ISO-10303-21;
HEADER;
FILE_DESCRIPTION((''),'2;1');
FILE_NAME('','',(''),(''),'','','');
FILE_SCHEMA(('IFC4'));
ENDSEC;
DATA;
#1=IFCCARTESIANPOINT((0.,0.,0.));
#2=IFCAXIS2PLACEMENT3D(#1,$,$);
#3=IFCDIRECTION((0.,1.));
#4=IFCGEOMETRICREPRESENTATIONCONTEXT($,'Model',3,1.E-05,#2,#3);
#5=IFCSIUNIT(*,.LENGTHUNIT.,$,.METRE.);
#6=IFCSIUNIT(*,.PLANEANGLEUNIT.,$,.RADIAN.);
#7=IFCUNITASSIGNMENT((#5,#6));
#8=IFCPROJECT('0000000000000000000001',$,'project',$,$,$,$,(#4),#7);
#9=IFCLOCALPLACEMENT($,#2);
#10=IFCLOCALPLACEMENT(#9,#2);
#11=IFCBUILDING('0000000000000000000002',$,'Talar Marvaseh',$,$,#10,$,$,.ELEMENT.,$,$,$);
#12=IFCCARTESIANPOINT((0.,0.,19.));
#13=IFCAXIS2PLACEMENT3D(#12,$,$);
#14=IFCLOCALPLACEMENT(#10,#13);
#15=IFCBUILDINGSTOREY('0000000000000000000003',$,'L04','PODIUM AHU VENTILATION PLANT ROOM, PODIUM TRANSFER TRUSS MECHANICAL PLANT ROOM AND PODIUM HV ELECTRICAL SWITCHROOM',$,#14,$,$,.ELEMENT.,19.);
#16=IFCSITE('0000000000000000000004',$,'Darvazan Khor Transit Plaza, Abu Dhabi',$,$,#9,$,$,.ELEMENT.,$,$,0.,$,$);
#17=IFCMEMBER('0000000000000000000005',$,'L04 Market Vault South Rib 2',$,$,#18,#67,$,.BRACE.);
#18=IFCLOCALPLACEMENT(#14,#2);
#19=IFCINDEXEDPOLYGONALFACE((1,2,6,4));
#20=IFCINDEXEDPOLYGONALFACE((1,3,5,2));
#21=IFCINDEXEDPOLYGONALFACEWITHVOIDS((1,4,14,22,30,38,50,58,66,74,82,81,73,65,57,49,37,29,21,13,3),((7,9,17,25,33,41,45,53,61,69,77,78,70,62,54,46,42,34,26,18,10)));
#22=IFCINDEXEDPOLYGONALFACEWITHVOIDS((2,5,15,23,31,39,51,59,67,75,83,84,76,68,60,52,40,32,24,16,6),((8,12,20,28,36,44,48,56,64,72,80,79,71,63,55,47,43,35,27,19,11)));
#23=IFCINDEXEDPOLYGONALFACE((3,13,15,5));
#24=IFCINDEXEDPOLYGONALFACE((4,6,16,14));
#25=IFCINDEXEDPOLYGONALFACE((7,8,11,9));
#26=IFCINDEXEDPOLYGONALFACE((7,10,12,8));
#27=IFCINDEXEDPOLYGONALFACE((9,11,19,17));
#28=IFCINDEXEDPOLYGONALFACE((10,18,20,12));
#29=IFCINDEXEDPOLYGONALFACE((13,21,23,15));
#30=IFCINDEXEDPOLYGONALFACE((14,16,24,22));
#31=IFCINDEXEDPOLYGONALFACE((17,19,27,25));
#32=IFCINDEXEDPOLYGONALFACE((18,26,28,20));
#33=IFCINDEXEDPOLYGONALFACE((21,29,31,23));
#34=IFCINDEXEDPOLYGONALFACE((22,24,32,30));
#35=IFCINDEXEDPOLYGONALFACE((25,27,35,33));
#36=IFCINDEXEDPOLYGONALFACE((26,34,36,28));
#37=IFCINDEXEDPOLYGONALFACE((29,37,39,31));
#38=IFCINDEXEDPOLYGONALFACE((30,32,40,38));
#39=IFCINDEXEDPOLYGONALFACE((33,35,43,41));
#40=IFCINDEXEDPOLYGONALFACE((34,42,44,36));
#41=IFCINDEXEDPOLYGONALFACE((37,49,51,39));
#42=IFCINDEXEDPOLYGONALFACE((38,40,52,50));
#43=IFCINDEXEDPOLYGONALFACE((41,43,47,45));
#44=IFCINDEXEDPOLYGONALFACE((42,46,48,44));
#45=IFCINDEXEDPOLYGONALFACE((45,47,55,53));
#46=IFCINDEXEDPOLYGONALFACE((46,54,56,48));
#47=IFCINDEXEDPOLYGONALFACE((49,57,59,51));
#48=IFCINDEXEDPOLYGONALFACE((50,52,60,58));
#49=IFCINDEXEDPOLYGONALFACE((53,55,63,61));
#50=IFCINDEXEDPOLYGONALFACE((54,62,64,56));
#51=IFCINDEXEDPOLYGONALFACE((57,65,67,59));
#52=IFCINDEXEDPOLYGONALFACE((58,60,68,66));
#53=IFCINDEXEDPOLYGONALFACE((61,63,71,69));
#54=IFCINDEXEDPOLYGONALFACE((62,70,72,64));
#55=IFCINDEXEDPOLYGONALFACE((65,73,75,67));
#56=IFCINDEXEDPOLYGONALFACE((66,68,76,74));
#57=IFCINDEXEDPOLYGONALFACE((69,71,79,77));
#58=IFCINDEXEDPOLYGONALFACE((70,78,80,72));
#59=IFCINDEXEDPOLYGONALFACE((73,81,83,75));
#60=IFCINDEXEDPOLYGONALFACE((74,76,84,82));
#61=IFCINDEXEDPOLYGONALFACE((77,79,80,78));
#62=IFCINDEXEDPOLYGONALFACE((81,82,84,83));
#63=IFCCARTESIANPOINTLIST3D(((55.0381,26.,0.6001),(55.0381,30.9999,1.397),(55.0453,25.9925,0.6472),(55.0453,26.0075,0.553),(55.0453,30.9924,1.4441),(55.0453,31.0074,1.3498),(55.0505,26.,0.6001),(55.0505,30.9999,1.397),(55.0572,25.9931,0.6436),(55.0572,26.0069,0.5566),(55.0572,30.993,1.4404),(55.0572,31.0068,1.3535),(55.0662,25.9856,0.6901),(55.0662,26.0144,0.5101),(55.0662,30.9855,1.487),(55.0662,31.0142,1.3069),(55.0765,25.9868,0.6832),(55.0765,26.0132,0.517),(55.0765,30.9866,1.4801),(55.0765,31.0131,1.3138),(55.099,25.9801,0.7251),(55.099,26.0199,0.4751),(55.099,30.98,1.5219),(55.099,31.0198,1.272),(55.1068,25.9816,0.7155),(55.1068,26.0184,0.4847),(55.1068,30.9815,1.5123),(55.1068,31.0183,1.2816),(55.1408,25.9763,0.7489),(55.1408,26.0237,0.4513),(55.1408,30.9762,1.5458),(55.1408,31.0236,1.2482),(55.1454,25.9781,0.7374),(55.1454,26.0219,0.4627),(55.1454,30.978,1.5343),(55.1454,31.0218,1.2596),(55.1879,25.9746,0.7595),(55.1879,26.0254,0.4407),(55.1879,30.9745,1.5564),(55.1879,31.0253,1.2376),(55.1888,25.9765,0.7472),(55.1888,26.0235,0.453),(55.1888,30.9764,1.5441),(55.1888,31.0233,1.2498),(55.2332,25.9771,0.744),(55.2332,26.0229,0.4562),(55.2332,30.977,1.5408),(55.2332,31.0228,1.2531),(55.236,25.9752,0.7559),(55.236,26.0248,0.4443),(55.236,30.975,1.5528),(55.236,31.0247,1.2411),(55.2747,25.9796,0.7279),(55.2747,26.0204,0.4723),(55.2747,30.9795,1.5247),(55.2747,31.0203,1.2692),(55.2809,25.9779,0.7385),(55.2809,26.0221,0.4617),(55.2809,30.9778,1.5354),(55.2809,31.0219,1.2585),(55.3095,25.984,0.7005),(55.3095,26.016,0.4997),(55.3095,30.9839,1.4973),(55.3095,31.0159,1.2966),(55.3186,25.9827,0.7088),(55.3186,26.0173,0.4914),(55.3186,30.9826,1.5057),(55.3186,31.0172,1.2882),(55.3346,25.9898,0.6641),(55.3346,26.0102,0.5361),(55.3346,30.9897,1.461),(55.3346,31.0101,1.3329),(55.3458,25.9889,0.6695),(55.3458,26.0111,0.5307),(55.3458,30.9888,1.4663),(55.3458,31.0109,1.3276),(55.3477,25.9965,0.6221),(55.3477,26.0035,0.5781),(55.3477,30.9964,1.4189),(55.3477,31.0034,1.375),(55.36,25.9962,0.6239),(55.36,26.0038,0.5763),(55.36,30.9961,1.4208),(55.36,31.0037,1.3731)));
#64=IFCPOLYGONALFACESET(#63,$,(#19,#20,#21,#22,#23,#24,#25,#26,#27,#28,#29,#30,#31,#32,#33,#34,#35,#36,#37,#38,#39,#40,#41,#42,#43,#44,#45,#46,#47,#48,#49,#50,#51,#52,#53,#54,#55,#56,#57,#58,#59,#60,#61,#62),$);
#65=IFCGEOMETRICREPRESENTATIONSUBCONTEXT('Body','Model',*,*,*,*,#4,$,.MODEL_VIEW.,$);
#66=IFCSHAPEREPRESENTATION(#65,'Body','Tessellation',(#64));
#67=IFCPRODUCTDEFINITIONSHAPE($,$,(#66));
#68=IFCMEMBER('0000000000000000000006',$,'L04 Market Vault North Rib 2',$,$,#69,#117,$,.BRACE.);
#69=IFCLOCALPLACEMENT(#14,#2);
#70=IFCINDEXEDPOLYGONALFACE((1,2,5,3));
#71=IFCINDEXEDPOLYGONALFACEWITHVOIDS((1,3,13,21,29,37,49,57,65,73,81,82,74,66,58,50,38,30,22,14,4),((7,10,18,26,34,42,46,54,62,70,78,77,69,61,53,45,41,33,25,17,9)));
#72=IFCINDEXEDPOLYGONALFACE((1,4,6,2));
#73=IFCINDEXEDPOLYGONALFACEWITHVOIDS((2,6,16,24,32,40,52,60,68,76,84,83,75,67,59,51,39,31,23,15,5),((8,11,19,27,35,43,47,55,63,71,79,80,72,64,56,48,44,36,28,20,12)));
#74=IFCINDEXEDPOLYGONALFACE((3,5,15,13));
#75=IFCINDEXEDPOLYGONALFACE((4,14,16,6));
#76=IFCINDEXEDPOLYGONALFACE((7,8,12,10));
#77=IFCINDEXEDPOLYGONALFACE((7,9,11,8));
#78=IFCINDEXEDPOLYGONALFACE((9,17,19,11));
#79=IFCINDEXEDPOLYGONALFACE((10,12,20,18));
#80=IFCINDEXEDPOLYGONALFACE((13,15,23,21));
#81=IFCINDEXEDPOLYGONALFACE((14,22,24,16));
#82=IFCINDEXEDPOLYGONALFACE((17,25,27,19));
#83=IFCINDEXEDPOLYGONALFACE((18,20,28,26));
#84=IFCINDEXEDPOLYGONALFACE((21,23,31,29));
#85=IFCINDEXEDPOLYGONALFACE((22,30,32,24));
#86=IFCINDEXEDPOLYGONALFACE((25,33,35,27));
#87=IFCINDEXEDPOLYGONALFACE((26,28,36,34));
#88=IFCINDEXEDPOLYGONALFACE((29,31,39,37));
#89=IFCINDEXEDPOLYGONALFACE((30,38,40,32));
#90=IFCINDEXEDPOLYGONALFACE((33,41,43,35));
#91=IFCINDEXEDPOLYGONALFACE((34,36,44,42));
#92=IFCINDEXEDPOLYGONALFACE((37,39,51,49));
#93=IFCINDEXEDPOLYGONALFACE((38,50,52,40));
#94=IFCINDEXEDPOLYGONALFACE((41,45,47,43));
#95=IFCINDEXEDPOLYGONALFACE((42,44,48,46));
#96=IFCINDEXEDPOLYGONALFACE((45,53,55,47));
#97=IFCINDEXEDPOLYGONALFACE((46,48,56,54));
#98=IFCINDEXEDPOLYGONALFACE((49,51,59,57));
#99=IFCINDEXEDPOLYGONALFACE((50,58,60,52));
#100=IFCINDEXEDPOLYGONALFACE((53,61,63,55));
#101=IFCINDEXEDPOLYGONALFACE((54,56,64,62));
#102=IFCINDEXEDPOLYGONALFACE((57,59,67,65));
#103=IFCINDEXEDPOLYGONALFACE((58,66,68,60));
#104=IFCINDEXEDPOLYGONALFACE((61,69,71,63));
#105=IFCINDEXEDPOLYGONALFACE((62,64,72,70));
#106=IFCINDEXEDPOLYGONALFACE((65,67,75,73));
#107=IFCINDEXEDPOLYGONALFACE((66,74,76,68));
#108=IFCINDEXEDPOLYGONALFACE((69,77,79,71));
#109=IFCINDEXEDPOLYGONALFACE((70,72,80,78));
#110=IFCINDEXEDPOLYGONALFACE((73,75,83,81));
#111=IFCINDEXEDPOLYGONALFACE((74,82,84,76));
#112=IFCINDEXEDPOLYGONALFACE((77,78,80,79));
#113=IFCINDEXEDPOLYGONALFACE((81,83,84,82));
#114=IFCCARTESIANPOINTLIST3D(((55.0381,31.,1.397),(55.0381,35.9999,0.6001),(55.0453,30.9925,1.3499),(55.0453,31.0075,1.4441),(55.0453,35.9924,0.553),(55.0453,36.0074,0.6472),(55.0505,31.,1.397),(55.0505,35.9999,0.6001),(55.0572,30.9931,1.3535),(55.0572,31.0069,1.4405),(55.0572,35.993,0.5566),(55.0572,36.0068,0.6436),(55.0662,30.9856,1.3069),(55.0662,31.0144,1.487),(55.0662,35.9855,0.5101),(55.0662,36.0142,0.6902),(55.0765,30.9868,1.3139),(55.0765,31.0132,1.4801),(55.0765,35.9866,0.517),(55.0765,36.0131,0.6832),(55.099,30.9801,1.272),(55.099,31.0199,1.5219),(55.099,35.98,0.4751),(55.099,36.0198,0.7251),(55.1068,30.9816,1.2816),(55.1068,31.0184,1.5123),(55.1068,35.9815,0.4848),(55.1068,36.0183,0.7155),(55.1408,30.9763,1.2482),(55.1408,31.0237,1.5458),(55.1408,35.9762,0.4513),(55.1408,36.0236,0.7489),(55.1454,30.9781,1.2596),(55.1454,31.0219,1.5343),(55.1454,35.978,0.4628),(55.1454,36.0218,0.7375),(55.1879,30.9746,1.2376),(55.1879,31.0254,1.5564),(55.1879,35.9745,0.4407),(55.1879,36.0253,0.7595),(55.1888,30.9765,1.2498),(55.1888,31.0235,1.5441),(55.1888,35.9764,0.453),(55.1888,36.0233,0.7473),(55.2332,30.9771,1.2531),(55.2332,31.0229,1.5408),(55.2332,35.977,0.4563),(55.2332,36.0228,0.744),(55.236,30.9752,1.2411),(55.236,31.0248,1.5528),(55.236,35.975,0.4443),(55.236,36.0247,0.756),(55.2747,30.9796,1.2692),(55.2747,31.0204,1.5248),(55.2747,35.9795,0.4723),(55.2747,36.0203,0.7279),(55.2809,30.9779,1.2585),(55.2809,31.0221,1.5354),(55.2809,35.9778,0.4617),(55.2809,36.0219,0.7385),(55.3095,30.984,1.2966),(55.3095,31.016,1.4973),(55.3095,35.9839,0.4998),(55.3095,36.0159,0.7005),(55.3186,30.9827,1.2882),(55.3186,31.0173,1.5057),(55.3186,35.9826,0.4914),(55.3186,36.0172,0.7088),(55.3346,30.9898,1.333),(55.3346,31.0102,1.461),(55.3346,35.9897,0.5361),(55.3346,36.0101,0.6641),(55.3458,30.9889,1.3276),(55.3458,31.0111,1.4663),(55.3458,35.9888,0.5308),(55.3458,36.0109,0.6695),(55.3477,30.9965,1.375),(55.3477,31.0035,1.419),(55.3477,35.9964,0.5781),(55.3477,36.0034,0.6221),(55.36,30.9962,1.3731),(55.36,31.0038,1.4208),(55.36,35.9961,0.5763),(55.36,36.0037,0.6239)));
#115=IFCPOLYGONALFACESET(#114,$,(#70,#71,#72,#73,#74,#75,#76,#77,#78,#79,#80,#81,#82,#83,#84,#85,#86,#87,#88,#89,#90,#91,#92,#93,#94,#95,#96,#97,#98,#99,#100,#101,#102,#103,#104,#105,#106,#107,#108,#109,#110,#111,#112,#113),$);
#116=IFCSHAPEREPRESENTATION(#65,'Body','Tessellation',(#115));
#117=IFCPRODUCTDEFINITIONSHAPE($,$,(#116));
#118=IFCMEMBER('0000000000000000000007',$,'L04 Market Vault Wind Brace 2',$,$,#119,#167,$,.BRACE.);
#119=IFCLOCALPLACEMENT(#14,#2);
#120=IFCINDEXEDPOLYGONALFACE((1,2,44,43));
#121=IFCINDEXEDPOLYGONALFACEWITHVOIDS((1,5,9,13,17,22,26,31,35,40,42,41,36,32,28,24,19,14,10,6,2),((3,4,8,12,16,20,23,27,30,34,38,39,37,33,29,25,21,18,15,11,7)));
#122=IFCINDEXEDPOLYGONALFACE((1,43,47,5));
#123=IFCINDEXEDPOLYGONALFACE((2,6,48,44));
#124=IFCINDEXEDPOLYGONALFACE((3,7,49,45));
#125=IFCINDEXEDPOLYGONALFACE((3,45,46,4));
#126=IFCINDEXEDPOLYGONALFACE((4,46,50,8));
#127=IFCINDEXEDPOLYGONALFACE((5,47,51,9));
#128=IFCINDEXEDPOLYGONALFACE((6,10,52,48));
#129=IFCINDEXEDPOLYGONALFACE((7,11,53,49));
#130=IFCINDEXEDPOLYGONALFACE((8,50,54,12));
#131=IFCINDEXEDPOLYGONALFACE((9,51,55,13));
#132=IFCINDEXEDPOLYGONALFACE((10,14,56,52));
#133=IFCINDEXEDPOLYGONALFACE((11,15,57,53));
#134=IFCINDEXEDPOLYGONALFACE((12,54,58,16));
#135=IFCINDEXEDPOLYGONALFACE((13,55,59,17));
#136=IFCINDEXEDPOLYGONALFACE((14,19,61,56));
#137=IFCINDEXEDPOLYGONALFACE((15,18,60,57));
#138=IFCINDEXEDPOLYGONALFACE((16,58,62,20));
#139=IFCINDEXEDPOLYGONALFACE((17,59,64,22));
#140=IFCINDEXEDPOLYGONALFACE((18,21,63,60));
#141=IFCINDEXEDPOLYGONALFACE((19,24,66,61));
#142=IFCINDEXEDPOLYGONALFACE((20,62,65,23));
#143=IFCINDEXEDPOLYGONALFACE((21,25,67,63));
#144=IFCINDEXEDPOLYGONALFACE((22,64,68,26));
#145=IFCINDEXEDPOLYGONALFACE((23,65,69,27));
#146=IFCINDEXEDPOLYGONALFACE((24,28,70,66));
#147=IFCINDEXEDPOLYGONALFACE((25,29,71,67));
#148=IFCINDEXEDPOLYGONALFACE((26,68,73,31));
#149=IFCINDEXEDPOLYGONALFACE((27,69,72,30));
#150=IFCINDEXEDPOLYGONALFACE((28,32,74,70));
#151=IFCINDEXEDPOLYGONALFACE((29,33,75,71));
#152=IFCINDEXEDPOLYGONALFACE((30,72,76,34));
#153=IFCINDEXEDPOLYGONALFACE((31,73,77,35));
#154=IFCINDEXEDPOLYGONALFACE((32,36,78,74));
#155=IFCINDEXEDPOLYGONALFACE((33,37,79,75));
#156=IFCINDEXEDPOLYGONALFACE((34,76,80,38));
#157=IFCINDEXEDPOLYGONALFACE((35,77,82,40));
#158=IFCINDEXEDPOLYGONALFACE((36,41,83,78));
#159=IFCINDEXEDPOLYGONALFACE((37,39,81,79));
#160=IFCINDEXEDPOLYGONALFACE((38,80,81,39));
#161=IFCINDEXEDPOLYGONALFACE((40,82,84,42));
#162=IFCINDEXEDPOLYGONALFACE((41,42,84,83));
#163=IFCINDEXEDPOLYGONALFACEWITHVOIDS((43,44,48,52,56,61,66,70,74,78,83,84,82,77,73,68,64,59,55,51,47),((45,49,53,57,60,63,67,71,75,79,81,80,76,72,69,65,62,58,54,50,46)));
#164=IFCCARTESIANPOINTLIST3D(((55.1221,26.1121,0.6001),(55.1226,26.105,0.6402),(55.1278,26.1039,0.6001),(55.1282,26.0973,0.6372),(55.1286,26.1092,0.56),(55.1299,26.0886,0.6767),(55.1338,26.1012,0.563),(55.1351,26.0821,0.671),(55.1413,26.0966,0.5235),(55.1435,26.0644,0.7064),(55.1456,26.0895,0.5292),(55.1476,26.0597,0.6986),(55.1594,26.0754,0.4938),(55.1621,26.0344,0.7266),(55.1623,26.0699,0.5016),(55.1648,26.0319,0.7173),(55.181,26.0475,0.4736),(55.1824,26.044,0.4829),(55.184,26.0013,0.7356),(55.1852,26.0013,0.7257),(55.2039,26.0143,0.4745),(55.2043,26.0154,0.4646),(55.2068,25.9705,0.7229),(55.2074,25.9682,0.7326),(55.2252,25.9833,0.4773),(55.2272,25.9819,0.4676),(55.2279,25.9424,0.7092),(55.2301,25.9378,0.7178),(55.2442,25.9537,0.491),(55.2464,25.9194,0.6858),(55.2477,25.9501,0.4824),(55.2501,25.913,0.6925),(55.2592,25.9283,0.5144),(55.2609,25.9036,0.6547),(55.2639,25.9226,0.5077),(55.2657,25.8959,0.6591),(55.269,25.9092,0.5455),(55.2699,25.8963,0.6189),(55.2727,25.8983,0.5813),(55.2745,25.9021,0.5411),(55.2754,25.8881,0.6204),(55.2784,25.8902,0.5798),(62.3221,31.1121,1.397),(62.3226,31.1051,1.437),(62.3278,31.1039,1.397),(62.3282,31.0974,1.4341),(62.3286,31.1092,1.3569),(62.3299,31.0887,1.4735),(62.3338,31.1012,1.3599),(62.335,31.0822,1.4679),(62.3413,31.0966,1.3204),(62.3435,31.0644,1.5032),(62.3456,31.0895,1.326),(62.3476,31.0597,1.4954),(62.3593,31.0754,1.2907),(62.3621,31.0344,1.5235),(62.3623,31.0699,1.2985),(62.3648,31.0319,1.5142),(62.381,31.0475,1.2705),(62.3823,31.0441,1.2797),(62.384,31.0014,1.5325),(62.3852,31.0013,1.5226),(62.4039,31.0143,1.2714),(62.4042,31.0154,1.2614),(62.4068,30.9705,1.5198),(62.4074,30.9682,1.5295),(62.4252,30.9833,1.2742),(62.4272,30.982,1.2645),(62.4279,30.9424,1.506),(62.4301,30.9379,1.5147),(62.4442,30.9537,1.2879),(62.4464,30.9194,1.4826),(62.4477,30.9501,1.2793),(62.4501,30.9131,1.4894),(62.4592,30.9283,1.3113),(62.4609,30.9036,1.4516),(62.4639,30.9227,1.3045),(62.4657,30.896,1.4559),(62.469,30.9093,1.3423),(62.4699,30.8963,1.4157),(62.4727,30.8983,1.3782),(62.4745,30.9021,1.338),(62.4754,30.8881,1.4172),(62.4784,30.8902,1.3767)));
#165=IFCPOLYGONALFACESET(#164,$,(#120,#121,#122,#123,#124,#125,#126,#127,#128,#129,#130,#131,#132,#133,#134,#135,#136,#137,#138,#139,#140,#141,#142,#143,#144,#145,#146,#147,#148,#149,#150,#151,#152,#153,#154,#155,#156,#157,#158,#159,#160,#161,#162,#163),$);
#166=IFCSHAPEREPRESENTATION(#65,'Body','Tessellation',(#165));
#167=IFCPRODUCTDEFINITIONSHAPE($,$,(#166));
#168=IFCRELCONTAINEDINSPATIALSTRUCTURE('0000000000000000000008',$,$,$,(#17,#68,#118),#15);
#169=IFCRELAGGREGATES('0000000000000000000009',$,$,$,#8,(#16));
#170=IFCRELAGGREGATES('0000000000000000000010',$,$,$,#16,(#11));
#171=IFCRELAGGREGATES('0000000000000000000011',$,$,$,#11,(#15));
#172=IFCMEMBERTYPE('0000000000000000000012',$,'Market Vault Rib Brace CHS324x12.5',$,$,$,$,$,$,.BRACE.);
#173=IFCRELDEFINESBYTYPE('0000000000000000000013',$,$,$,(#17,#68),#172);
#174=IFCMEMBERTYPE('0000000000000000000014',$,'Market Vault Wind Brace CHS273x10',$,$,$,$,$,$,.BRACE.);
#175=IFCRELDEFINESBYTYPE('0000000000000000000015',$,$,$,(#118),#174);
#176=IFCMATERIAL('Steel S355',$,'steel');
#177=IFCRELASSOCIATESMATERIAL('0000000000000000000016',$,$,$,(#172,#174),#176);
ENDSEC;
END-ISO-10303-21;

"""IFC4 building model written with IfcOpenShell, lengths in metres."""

from ifc_helpers import new_model, si_unit, direction, frame, origin, origin_2d, place, context, subcontext, project, spatial, hollow_circle, extrude, source, transform, mapped, material, material_profile, profile_set, type_object, element, save


model = new_model("IFC4")

# Units and contexts
model_context = context("Model", 3, precision=1e-05, world=origin(), true_north=direction((0.0, 1.0)))
body_context = subcontext(model_context, "Body", "Model", "MODEL_VIEW")
ifc_project = project(units=[si_unit("LENGTHUNIT", "METRE"), si_unit("PLANEANGLEUNIT", "RADIAN")], contexts=[model_context])

# Site, building, storey
site_placement = place(None, origin())
site = spatial("IfcSite", under=ifc_project, at=site_placement, Name="Darvazan Khor Transit Plaza, Abu Dhabi", CompositionType="ELEMENT", RefElevation=0.0)
building_placement = place(site_placement, origin())
building = spatial("IfcBuilding", under=site, at=building_placement, Name="Talar Marvaseh", CompositionType="ELEMENT")
storey_placement = place(building_placement, frame((0.0, 0.0, 19.0)))
storey = spatial("IfcBuildingStorey", under=building, at=storey_placement, Name="L04", Description="PODIUM AHU VENTILATION PLANT ROOM, PODIUM TRANSFER TRUSS MECHANICAL PLANT ROOM AND PODIUM HV ELECTRICAL SWITCHROOM", CompositionType="ELEMENT", Elevation=19.0)

# Shared definitions
ifc_material_1 = material(Name="Steel S355", Category="steel")

# Members
ifc_material_profile_1 = material_profile(ifc_material_1, hollow_circle(Radius=0.1619, WallThickness=0.0125, at=origin_2d()), Name="CHS324x12.5")
ifc_profile_set_1 = profile_set([ifc_material_profile_1], Name="Steel S355")
member_type_1 = type_object("IfcMemberType", Name="Market Vault Rib Brace CHS324x12.5", PredefinedType="BRACE", material=ifc_profile_set_1)
shared_shape_1 = source(origin(), body_context, "Body", "SweptSolid", [
    extrude(hollow_circle(Radius=0.1619, WallThickness=0.0125, at=origin_2d()), origin(), (0.0, 0.0, 1.0), 5.063),
])
for number, where, z_axis, x_axis, name in (
    (1, (55.2, 26.0, 0.6001), (0.0, 0.987537, 0.157389), (-1.0, 0.0, 0.0), "L04 Market Vault South Rib 2"),
    (2, (55.2, 31.0, 1.397), (0.0, 0.987537, -0.157389), (-1.0, 0.0, 0.0), "L04 Market Vault North Rib 2"),
):
    element("IfcMember", number, at=place(storey_placement, frame(where, z_axis=z_axis, x_axis=x_axis)), inside=storey, type_object=member_type_1, Name=name, PredefinedType="BRACE", context=body_context, shape_type="MappedRepresentation", body=[
        mapped(shared_shape_1, transform((0.0, 0.0, 0.0), x_axis=(1.0, 0.0, 0.0), y_axis=(0.0, 1.0, 0.0), z_axis=(0.0, 0.0, 1.0), scale=1.0)),
    ])
ifc_material_profile_2 = material_profile(ifc_material_1, hollow_circle(Radius=0.1365, WallThickness=0.01, at=origin_2d()), Name="CHS273x10")
ifc_profile_set_2 = profile_set([ifc_material_profile_2], Name="Steel S355")
member_type_2 = type_object("IfcMemberType", Name="Market Vault Wind Brace CHS273x10", PredefinedType="BRACE", material=ifc_profile_set_2)
shared_shape_2 = source(origin(), body_context, "Body", "SweptSolid", [
    extrude(hollow_circle(Radius=0.1365, WallThickness=0.01, at=origin_2d()), origin(), (0.0, 0.0, 1.0), 8.802),
])
member_1_placement = place(storey_placement, frame((55.2, 26.0, 0.6001), z_axis=(0.817995, 0.568056, 0.090534), x_axis=(-0.570398, 0.821368, 0.0)))
element("IfcMember", 3, at=member_1_placement, inside=storey, type_object=member_type_2, Name="L04 Market Vault Wind Brace 2", PredefinedType="BRACE", context=body_context, shape_type="MappedRepresentation", body=[
    mapped(shared_shape_2, transform((0.0, 0.0, 0.0), x_axis=(1.0, 0.0, 0.0), y_axis=(0.0, 1.0, 0.0), z_axis=(0.0, 0.0, 1.0), scale=1.0)),
])

save(model, "model.ifc")
